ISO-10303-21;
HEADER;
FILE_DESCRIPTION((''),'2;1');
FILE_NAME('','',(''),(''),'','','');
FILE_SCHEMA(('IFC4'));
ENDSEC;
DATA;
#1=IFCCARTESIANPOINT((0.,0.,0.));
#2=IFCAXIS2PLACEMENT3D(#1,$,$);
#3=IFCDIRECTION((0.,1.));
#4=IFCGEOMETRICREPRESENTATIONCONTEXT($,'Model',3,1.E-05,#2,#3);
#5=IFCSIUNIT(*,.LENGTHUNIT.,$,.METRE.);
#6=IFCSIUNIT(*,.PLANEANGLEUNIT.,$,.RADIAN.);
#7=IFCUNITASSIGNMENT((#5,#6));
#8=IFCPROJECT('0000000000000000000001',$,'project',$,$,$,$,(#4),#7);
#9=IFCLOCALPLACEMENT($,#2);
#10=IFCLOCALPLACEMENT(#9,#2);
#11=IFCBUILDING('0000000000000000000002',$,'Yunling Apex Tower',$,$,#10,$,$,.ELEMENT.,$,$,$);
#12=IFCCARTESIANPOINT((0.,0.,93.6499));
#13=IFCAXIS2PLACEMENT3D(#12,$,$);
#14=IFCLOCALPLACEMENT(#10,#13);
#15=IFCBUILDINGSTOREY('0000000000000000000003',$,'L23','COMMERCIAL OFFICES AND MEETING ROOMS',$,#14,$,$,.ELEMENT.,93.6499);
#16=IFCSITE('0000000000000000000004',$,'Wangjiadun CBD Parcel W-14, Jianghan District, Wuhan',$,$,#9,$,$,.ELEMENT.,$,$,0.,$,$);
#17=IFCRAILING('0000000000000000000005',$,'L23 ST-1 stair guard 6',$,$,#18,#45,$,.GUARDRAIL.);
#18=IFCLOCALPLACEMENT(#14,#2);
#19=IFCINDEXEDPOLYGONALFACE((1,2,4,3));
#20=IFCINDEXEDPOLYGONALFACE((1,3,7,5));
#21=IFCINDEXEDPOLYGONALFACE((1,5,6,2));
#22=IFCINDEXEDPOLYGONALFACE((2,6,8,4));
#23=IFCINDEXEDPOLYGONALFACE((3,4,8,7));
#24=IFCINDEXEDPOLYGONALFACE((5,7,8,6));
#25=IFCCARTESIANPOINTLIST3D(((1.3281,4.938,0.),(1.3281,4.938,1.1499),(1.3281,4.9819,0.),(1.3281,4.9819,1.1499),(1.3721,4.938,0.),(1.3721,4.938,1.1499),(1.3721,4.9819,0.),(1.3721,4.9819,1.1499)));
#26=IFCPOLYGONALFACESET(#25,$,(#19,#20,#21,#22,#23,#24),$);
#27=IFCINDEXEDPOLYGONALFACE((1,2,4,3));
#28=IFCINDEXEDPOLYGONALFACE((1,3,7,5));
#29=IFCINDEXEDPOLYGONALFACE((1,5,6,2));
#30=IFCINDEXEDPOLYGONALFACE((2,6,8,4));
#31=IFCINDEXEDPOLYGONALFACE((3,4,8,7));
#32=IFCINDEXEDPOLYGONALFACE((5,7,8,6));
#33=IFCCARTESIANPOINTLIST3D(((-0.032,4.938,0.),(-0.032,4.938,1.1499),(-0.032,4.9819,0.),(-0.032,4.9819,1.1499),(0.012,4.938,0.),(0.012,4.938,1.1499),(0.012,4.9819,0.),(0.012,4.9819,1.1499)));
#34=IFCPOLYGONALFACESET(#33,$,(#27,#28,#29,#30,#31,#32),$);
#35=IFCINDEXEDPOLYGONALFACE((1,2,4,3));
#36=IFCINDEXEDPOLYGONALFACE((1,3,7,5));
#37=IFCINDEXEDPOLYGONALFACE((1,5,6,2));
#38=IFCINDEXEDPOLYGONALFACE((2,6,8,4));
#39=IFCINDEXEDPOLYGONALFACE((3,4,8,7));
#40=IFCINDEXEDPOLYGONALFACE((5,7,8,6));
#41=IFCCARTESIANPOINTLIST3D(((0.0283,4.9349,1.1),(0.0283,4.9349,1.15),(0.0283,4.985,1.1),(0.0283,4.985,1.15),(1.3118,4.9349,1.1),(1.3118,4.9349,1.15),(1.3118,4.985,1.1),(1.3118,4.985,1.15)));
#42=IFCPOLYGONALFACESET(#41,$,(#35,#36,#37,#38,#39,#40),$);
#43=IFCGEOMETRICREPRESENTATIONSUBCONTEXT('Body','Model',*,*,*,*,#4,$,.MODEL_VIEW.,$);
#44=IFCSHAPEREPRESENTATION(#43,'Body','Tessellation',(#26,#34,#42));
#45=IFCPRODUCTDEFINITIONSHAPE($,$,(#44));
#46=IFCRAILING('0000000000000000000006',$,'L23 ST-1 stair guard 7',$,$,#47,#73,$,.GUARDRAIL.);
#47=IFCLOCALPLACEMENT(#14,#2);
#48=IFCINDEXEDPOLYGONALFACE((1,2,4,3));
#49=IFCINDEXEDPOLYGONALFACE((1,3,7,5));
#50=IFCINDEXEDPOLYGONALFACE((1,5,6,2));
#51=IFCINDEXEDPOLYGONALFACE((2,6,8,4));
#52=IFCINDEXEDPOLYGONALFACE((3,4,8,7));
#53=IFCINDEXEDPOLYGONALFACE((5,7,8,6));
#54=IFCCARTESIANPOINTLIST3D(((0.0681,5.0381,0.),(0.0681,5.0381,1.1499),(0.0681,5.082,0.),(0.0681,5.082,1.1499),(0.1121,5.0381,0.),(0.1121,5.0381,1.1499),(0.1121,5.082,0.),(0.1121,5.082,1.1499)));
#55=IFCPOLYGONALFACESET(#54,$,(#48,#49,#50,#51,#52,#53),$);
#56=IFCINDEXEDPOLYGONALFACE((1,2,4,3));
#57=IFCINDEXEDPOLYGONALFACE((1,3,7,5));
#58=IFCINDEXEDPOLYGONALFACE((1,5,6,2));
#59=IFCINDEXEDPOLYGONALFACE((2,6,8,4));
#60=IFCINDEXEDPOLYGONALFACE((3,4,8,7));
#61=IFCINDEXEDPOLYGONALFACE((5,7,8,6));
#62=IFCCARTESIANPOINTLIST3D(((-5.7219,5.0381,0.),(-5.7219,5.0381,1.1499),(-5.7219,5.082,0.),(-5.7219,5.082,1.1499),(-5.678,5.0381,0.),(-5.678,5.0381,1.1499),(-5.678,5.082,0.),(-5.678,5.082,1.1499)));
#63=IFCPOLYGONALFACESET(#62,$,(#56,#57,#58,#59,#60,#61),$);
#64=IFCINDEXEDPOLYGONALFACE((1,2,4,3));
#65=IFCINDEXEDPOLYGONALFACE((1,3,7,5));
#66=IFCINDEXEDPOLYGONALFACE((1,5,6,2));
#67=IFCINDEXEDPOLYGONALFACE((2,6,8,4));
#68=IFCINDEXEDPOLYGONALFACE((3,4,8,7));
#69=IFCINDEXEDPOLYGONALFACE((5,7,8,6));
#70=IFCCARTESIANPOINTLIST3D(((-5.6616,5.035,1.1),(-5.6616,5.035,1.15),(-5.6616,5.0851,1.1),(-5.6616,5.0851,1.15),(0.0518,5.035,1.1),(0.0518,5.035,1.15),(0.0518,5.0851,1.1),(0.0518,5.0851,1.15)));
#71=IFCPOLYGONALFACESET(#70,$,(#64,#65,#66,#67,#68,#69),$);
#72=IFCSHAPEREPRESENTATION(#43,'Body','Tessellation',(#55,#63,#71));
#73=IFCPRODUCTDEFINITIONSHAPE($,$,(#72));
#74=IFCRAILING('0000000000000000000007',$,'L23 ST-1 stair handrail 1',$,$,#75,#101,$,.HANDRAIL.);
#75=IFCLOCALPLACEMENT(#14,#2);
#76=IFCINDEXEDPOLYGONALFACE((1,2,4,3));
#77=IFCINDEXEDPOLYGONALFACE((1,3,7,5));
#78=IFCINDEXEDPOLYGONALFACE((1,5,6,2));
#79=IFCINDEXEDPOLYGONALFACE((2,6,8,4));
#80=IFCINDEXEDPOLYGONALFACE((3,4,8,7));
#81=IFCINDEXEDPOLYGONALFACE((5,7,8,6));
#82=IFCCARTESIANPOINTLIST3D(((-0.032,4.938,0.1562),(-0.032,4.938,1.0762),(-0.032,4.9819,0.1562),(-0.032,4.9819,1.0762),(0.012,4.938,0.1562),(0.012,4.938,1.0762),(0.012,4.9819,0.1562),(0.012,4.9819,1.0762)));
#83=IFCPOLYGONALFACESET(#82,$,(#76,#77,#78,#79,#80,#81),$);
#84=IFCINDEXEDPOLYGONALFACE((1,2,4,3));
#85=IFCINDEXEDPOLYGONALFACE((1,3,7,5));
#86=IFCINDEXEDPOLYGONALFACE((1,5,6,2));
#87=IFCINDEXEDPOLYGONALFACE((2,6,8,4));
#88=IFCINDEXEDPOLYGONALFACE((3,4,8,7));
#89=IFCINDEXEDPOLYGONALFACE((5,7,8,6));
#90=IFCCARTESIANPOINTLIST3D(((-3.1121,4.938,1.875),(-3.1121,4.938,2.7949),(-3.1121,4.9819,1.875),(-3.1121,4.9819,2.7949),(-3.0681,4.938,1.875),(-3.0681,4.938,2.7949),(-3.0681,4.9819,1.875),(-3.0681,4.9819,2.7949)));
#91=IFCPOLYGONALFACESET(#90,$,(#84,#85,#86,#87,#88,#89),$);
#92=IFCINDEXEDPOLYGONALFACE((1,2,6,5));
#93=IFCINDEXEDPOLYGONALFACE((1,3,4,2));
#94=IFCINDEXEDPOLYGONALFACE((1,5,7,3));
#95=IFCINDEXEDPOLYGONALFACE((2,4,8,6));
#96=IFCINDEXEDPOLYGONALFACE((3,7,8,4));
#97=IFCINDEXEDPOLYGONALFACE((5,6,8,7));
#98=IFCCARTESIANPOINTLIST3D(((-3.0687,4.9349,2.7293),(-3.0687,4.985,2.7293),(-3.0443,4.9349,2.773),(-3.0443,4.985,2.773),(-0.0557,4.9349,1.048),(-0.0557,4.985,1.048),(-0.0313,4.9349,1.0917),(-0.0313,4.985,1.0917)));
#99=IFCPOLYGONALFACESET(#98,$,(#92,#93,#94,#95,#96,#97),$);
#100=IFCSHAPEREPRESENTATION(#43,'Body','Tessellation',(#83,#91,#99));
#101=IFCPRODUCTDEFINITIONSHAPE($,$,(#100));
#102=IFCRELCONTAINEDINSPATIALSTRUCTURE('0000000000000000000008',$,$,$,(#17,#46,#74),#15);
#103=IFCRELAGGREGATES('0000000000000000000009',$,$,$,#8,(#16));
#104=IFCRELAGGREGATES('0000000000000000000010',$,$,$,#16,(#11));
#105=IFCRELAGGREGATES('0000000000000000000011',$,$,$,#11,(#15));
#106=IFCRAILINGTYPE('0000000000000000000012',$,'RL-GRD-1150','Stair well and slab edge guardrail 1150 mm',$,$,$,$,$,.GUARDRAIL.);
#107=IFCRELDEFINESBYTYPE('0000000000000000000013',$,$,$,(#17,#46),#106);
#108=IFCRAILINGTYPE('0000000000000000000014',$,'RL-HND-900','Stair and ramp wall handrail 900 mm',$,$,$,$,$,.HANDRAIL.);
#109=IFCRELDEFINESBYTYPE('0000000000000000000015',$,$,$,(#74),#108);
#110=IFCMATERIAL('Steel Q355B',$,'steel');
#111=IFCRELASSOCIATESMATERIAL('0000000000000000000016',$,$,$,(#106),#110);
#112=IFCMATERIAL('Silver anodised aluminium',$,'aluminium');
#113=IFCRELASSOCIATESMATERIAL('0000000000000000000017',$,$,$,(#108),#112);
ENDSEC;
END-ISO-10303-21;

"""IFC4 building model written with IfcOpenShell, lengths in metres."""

from ifc_helpers import new_model, si_unit, direction, frame, origin, origin_2d, place, context, subcontext, project, spatial, rectangle, extrude, material, type_object, element, save


model = new_model("IFC4")

# Units and contexts
model_context = context("Model", 3, precision=1e-05, world=origin(), true_north=direction((0.0, 1.0)))
body_context = subcontext(model_context, "Body", "Model", "MODEL_VIEW")
ifc_project = project(units=[si_unit("LENGTHUNIT", "METRE"), si_unit("PLANEANGLEUNIT", "RADIAN")], contexts=[model_context])

# Site, building, storey
site_placement = place(None, origin())
site = spatial("IfcSite", under=ifc_project, at=site_placement, Name="Wangjiadun CBD Parcel W-14, Jianghan District, Wuhan", CompositionType="ELEMENT", RefElevation=0.0)
building_placement = place(site_placement, origin())
building = spatial("IfcBuilding", under=site, at=building_placement, Name="Yunling Apex Tower", CompositionType="ELEMENT")
storey_placement = place(building_placement, frame((0.0, 0.0, 93.6499)))
storey = spatial("IfcBuildingStorey", under=building, at=storey_placement, Name="L23", Description="COMMERCIAL OFFICES AND MEETING ROOMS", CompositionType="ELEMENT", Elevation=93.6499)

# Shared definitions
ifc_material_1 = material(Name="Steel Q355B", Category="steel")

# Railings
railing_type_1 = type_object("IfcRailingType", Name="RL-GRD-1150", Description="Stair well and slab edge guardrail 1150 mm", PredefinedType="GUARDRAIL", material=ifc_material_1)
railing_1_placement = place(storey_placement, frame((1.3501, 4.96, 0.0)))
element("IfcRailing", 1, at=railing_1_placement, inside=storey, type_object=railing_type_1, Name="L23 ST-1 stair guard 6", PredefinedType="GUARDRAIL", context=body_context, shape_type="SweptSolid", body=[
    extrude(rectangle(XDim=0.0439, YDim=0.0439, at=origin_2d()), origin(), (0.0, 0.0, 1.0), 1.1499),
    extrude(rectangle(XDim=0.0439, YDim=0.0439, at=origin_2d()), frame((-1.3601, 0.0, 0.0)), (0.0, 0.0, 1.0), 1.1499),
    extrude(rectangle(XDim=0.05, YDim=0.05, at=origin_2d()), frame((-0.0383, 0.0, 1.125), z_axis=(-1.0, 0.0, 0.0), x_axis=(0.0, -1.0, 0.0)), (0.0, 0.0, 1.0), 1.2834),
])
railing_2_placement = place(storey_placement, frame((0.0901, 5.0601, 0.0)))
element("IfcRailing", 2, at=railing_2_placement, inside=storey, type_object=railing_type_1, Name="L23 ST-1 stair guard 7", PredefinedType="GUARDRAIL", context=body_context, shape_type="SweptSolid", body=[
    extrude(rectangle(XDim=0.0439, YDim=0.0439, at=origin_2d()), origin(), (0.0, 0.0, 1.0), 1.1499),
    extrude(rectangle(XDim=0.0439, YDim=0.0439, at=origin_2d()), frame((-5.79, 0.0, 0.0)), (0.0, 0.0, 1.0), 1.1499),
    extrude(rectangle(XDim=0.05, YDim=0.05, at=origin_2d()), frame((-0.0383, 0.0, 1.125), z_axis=(-1.0, 0.0, 0.0), x_axis=(0.0, -1.0, 0.0)), (0.0, 0.0, 1.0), 5.7134),
])
ifc_material_2 = material(Name="Silver anodised aluminium", Category="aluminium")
railing_type_2 = type_object("IfcRailingType", Name="RL-HND-900", Description="Stair and ramp wall handrail 900 mm", PredefinedType="HANDRAIL", material=ifc_material_2)
railing_3_placement = place(storey_placement, frame((-0.01, 4.96, 0.1562)))
element("IfcRailing", 3, at=railing_3_placement, inside=storey, type_object=railing_type_2, Name="L23 ST-1 stair handrail 1", PredefinedType="HANDRAIL", context=body_context, shape_type="SweptSolid", body=[
    extrude(rectangle(XDim=0.0439, YDim=0.0439, at=origin_2d()), origin(), (0.0, 0.0, 1.0), 0.9199),
    extrude(rectangle(XDim=0.0439, YDim=0.0439, at=origin_2d()), frame((-3.0801, 0.0, 1.7188)), (0.0, 0.0, 1.0), 0.9199),
    extrude(rectangle(XDim=0.05, YDim=0.05, at=origin_2d()), frame((-0.0334, 0.0, 0.9136), z_axis=(-0.873242, 0.0, 0.487288), x_axis=(0.0, -1.0, 0.0)), (0.0, 0.0, 1.0), 3.4504),
])

save(model, "model.ifc")
